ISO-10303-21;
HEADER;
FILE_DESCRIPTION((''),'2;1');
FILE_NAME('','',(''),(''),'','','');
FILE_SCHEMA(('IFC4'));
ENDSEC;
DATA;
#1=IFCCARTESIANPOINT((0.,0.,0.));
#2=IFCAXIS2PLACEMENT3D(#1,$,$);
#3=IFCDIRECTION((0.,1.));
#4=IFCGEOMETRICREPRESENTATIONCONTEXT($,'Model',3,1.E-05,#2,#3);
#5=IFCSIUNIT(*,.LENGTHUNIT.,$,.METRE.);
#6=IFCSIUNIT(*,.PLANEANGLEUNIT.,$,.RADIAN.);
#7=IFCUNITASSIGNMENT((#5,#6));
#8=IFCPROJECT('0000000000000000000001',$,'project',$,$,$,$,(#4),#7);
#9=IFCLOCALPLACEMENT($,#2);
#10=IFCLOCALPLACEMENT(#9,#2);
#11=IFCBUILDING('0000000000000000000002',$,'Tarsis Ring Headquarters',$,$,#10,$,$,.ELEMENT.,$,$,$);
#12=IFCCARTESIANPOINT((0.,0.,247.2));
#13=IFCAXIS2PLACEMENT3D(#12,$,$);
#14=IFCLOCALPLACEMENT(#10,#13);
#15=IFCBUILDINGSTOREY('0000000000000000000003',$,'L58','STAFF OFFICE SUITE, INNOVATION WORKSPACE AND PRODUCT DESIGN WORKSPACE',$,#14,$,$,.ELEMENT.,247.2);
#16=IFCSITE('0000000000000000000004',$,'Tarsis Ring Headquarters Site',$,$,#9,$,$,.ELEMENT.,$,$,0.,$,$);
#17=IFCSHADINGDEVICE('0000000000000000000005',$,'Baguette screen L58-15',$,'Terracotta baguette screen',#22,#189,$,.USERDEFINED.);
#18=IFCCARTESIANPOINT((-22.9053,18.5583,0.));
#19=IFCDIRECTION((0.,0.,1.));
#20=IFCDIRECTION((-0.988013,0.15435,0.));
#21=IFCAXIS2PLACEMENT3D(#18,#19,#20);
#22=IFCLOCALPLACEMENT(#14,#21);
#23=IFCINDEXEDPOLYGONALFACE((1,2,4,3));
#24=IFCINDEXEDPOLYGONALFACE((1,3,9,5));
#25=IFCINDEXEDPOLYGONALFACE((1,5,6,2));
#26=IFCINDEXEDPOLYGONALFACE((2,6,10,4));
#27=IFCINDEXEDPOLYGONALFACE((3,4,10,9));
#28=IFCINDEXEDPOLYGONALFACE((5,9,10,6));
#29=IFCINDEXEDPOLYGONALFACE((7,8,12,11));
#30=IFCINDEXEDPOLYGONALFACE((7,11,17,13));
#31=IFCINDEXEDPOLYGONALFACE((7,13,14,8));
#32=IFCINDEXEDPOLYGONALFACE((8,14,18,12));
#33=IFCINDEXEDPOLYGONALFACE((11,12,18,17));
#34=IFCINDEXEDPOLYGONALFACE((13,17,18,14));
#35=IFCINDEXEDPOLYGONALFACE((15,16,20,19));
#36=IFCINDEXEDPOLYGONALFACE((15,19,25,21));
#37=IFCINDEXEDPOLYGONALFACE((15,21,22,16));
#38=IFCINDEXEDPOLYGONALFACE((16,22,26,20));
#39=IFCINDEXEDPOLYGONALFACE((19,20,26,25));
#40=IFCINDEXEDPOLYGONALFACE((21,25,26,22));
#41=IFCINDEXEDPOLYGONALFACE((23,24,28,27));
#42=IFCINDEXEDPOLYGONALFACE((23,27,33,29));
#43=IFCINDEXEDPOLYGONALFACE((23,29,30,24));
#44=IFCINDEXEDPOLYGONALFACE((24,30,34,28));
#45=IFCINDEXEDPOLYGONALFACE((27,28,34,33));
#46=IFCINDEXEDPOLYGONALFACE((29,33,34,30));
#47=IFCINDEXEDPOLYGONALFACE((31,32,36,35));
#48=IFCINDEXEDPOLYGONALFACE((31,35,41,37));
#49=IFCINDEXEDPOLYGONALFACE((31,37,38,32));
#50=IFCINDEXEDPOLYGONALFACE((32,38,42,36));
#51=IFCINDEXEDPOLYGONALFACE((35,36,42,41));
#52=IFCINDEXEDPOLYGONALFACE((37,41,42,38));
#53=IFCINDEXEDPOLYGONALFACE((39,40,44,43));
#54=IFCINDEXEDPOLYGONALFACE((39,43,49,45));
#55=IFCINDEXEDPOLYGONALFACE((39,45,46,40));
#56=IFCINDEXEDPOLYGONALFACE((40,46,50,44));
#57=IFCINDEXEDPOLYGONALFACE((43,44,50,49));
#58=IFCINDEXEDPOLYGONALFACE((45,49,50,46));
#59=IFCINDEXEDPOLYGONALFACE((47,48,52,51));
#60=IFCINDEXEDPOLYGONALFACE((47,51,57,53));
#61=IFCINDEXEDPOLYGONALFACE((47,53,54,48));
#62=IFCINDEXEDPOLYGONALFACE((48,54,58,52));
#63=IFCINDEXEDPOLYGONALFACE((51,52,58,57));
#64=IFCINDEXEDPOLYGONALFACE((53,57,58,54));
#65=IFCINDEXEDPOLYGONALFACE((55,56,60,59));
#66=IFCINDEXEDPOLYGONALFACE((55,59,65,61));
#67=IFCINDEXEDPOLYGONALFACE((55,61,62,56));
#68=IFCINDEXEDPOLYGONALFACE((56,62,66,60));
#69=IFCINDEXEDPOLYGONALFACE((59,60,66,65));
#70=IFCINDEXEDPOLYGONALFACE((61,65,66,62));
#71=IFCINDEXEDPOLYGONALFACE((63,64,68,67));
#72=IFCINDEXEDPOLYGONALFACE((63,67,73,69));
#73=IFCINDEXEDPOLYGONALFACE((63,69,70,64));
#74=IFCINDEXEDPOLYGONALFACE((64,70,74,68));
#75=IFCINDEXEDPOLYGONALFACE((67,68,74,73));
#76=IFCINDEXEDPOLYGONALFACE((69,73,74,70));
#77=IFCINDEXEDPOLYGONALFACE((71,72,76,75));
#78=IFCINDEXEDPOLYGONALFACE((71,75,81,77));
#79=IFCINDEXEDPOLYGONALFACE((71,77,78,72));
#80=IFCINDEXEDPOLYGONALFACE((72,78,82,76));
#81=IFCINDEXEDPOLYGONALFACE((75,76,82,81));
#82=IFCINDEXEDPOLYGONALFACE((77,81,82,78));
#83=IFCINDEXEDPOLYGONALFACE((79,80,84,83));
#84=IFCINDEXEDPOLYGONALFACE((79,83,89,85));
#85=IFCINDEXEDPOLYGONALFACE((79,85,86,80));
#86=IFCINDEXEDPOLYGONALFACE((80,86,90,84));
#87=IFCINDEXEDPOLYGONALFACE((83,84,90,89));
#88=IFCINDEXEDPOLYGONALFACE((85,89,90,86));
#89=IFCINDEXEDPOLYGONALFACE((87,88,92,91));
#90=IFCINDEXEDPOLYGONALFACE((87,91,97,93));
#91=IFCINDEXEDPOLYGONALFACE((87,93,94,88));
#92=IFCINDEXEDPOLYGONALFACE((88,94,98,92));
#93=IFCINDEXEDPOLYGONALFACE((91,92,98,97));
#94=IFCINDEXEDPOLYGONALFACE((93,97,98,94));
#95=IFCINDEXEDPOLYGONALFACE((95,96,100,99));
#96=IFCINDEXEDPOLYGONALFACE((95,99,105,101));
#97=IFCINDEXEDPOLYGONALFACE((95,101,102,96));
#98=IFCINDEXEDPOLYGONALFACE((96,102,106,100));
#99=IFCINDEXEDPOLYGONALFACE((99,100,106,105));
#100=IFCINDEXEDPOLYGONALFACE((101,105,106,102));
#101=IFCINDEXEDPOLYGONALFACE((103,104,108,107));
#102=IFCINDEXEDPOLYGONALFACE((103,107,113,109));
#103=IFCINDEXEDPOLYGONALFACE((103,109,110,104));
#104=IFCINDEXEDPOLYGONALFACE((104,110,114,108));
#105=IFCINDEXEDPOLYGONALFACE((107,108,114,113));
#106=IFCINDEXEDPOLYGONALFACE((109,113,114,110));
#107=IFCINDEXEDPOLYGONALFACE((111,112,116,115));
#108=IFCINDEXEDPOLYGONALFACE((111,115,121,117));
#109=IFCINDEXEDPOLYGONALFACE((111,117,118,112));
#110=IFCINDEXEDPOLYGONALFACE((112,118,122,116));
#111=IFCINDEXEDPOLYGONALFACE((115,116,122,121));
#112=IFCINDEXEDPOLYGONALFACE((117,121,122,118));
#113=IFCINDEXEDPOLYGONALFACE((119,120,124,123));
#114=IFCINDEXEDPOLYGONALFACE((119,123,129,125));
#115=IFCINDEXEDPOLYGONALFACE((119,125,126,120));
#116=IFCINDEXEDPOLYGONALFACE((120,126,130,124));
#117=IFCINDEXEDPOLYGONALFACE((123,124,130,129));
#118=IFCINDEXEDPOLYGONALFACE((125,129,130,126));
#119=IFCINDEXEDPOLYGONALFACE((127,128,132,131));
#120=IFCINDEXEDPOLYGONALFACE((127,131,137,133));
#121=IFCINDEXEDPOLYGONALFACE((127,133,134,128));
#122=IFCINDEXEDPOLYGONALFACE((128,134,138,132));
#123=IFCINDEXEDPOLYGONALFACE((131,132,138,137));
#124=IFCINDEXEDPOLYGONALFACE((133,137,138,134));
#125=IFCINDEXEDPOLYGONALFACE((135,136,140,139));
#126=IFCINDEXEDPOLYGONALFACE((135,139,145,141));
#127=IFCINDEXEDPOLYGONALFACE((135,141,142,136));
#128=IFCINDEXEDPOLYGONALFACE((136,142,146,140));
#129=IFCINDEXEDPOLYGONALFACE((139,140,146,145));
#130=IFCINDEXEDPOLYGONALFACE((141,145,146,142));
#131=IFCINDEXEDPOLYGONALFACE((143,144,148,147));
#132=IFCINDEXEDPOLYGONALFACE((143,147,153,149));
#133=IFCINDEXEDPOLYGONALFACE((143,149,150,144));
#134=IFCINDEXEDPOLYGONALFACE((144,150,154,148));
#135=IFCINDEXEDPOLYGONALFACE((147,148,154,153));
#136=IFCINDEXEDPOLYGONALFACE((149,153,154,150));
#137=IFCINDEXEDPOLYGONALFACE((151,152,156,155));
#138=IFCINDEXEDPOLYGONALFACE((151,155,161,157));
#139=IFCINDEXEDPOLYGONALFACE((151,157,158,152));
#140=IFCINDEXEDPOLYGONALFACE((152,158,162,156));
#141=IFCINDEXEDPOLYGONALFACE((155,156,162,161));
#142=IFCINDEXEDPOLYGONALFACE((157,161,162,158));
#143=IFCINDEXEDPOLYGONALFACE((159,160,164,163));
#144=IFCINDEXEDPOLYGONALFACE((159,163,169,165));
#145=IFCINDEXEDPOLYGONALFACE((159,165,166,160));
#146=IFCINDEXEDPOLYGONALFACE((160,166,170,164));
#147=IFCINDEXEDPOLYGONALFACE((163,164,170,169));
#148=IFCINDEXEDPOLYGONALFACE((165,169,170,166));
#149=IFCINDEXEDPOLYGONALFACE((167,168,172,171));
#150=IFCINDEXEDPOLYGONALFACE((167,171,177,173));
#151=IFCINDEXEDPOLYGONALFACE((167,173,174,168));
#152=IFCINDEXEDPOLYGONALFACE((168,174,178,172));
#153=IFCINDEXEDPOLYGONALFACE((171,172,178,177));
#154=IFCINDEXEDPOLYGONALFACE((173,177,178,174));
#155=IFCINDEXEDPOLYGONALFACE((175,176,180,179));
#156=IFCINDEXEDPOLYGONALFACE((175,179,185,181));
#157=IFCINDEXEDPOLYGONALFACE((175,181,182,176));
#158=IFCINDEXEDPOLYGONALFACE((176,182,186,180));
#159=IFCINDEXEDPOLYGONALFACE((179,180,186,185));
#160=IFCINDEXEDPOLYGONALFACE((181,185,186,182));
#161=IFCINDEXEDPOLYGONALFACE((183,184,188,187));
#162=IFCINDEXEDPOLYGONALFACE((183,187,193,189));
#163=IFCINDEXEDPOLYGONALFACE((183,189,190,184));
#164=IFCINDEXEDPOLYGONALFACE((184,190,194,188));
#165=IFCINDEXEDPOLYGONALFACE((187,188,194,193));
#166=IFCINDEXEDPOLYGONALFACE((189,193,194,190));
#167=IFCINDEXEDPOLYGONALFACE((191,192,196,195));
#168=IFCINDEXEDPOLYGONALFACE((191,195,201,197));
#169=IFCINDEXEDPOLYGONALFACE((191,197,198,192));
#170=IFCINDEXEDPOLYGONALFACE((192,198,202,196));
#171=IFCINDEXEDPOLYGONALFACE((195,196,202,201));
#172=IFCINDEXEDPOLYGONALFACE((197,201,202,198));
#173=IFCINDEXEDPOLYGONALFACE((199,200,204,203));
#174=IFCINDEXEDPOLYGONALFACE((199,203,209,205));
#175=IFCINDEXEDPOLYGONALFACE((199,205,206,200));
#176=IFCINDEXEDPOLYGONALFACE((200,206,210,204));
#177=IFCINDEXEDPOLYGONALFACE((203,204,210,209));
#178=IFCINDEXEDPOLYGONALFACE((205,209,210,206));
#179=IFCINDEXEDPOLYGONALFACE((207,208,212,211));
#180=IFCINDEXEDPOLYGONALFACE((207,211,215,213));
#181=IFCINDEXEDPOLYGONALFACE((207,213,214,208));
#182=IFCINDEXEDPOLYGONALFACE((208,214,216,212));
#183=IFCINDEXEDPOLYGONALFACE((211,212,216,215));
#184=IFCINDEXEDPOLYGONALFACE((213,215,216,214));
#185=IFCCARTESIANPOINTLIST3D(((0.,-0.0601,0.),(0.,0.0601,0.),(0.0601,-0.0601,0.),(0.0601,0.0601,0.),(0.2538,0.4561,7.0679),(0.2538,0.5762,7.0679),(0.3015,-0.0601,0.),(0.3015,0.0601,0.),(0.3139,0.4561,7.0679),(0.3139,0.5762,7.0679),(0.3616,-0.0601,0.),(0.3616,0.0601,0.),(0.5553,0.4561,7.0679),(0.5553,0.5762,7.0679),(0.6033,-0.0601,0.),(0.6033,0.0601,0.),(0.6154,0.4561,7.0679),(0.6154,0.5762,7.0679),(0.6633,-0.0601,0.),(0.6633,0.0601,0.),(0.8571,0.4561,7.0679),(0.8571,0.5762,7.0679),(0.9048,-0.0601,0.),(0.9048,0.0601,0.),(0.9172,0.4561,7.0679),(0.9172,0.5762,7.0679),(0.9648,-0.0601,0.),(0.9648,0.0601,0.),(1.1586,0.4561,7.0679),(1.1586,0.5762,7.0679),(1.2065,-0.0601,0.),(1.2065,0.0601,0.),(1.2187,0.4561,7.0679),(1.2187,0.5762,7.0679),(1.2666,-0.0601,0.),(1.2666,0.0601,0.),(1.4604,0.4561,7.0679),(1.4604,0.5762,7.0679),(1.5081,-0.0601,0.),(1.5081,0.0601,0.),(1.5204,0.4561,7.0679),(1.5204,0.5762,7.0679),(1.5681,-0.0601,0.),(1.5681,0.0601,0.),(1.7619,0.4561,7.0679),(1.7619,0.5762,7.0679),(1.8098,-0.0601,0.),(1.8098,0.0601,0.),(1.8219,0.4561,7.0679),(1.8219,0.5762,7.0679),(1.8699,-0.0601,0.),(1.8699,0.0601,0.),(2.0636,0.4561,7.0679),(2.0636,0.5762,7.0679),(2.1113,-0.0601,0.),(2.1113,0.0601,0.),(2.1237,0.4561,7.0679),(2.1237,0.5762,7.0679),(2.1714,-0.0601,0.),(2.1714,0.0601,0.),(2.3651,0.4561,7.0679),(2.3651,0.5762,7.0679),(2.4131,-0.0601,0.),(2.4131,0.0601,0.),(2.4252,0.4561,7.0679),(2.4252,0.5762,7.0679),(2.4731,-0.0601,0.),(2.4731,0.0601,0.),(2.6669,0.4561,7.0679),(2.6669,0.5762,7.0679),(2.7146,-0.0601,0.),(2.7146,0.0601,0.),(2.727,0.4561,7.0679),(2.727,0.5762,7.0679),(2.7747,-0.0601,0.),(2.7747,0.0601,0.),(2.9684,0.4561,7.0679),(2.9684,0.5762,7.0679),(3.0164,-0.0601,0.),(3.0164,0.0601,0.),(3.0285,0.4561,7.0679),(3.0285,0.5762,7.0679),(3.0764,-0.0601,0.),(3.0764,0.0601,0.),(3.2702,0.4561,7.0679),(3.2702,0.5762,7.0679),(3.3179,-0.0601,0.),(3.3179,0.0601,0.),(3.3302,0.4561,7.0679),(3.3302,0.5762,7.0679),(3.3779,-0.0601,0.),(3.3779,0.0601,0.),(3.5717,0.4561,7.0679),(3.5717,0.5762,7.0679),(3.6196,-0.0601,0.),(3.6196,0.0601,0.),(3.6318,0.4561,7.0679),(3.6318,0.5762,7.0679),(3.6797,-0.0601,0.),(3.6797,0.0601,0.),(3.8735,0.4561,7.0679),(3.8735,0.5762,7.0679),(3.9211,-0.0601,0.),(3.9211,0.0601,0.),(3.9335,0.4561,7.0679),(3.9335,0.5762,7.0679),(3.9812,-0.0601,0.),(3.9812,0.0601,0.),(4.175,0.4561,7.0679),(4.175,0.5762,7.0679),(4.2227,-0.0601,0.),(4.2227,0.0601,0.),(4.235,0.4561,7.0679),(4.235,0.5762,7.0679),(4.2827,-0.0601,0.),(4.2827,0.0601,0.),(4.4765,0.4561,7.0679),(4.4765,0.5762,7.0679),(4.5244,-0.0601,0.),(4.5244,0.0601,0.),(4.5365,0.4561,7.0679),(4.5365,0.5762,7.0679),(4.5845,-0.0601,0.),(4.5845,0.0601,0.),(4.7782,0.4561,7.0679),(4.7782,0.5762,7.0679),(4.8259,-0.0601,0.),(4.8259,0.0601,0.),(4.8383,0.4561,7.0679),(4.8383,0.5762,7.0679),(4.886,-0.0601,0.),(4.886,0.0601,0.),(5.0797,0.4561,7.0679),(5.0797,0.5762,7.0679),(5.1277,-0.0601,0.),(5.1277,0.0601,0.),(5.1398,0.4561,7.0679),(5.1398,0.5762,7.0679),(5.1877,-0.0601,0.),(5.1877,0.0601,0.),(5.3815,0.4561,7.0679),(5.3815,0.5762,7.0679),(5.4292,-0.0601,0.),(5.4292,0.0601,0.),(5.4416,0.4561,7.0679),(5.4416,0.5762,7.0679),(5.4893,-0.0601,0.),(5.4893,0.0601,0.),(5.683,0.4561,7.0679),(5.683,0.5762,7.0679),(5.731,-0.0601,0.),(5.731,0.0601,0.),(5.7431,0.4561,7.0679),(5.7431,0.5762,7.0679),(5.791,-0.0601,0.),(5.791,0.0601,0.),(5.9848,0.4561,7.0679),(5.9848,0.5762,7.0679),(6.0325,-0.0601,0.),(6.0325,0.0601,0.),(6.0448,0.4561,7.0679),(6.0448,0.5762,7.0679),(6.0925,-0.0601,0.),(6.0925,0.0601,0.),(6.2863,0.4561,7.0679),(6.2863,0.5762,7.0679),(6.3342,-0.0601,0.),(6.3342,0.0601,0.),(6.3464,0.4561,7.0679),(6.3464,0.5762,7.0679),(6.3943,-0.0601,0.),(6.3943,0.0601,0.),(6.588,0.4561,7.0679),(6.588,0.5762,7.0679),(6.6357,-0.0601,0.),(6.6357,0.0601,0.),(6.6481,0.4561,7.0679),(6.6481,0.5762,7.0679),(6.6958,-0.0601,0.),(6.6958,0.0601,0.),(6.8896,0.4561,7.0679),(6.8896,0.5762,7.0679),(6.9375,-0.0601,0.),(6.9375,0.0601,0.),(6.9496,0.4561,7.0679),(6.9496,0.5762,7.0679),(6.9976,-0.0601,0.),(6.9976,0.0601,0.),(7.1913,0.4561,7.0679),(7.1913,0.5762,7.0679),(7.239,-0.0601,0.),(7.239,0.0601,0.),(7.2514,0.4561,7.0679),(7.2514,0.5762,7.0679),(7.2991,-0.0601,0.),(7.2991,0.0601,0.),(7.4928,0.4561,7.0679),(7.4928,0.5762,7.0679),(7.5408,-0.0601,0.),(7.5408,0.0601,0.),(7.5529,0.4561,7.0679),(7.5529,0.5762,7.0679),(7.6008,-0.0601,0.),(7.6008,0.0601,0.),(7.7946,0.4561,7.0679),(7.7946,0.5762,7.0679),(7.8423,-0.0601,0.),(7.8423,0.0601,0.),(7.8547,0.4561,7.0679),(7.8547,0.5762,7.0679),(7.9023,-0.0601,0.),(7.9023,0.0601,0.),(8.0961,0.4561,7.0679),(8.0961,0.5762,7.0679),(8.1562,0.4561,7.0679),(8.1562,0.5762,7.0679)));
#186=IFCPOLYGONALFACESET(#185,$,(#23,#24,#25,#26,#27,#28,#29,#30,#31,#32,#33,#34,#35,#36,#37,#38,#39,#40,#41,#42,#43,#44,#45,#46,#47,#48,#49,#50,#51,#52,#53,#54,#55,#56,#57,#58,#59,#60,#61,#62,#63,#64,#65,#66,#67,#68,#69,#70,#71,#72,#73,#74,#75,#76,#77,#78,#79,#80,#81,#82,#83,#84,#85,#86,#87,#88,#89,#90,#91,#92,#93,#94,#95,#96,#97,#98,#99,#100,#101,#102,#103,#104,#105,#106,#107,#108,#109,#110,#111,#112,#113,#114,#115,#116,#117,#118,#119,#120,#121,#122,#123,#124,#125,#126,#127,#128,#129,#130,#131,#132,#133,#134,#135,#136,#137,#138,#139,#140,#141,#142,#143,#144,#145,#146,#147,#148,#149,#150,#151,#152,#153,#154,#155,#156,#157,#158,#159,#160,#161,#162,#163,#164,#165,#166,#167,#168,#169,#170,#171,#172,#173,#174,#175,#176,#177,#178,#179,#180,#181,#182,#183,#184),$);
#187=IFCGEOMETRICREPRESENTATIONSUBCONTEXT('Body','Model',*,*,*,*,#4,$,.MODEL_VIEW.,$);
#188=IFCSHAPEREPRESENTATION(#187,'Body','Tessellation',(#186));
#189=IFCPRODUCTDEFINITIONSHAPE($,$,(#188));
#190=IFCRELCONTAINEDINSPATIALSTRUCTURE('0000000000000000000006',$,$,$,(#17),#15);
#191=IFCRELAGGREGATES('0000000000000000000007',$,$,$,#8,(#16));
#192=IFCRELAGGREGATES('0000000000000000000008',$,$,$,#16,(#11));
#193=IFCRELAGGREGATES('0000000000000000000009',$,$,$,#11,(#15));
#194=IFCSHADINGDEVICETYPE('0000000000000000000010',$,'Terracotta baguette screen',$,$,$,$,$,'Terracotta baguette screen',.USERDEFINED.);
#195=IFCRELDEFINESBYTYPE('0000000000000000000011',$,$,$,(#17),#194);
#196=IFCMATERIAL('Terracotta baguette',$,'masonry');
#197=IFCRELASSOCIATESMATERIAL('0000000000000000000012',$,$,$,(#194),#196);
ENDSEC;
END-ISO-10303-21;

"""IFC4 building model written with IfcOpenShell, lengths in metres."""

from ifc_helpers import new_model, si_unit, direction, frame, frame_2d, origin, place, context, subcontext, project, spatial, rectangle, composite_profile, extrude, material, type_object, element, save


model = new_model("IFC4")

# Units and contexts
model_context = context("Model", 3, precision=1e-05, world=origin(), true_north=direction((0.0, 1.0)))
body_context = subcontext(model_context, "Body", "Model", "MODEL_VIEW")
ifc_project = project(units=[si_unit("LENGTHUNIT", "METRE"), si_unit("PLANEANGLEUNIT", "RADIAN")], contexts=[model_context])

# Site, building, storey
site_placement = place(None, origin())
site = spatial("IfcSite", under=ifc_project, at=site_placement, Name="Tarsis Ring Headquarters Site", CompositionType="ELEMENT", RefElevation=0.0)
building_placement = place(site_placement, origin())
building = spatial("IfcBuilding", under=site, at=building_placement, Name="Tarsis Ring Headquarters", CompositionType="ELEMENT")
storey_placement = place(building_placement, frame((0.0, 0.0, 247.2)))
storey = spatial("IfcBuildingStorey", under=building, at=storey_placement, Name="L58", Description="STAFF OFFICE SUITE, INNOVATION WORKSPACE AND PRODUCT DESIGN WORKSPACE", CompositionType="ELEMENT", Elevation=247.2)

# Shading device
ifc_material_1 = material(Name="Terracotta baguette", Category="masonry")
shading_device_type = type_object("IfcShadingDeviceType", Name="Terracotta baguette screen", ElementType="Terracotta baguette screen", PredefinedType="USERDEFINED", material=ifc_material_1)
shading_device_placement = place(storey_placement, frame((-22.9053, 18.5583, 0.0), z_axis=(0.0, 0.0, 1.0), x_axis=(-0.988013, 0.15435, 0.0)))
element("IfcShadingDevice", 1, at=shading_device_placement, inside=storey, type_object=shading_device_type, Name="Baguette screen L58-15", ObjectType="Terracotta baguette screen", PredefinedType="USERDEFINED", context=body_context, shape_type="SweptSolid", body=[
    extrude(composite_profile([rectangle(XDim=0.0601, YDim=0.1201, at=frame_2d((0.03, 0.0))), rectangle(XDim=0.0601, YDim=0.1201, at=frame_2d((0.3315, 0.0))), rectangle(XDim=0.0601, YDim=0.1201, at=frame_2d((0.6333, 0.0))), rectangle(XDim=0.0601, YDim=0.1201, at=frame_2d((0.9348, 0.0))), rectangle(XDim=0.0601, YDim=0.1201, at=frame_2d((1.2366, 0.0))), rectangle(XDim=0.0601, YDim=0.1201, at=frame_2d((1.5381, 0.0))), rectangle(XDim=0.0601, YDim=0.1201, at=frame_2d((1.8398, 0.0))), rectangle(XDim=0.0601, YDim=0.1201, at=frame_2d((2.1414, 0.0))), rectangle(XDim=0.0601, YDim=0.1201, at=frame_2d((2.4431, 0.0))), rectangle(XDim=0.0601, YDim=0.1201, at=frame_2d((2.7446, 0.0))), rectangle(XDim=0.0601, YDim=0.1201, at=frame_2d((3.0464, 0.0))), rectangle(XDim=0.0601, YDim=0.1201, at=frame_2d((3.3479, 0.0))), rectangle(XDim=0.0601, YDim=0.1201, at=frame_2d((3.6497, 0.0))), rectangle(XDim=0.0601, YDim=0.1201, at=frame_2d((3.9512, 0.0))), rectangle(XDim=0.0601, YDim=0.1201, at=frame_2d((4.2527, 0.0))), rectangle(XDim=0.0601, YDim=0.1201, at=frame_2d((4.5544, 0.0))), rectangle(XDim=0.0601, YDim=0.1201, at=frame_2d((4.856, 0.0))), rectangle(XDim=0.0601, YDim=0.1201, at=frame_2d((5.1577, 0.0))), rectangle(XDim=0.0601, YDim=0.1201, at=frame_2d((5.4592, 0.0))), rectangle(XDim=0.0601, YDim=0.1201, at=frame_2d((5.761, 0.0))), rectangle(XDim=0.0601, YDim=0.1201, at=frame_2d((6.0625, 0.0))), rectangle(XDim=0.0601, YDim=0.1201, at=frame_2d((6.3643, 0.0))), rectangle(XDim=0.0601, YDim=0.1201, at=frame_2d((6.6658, 0.0))), rectangle(XDim=0.0601, YDim=0.1201, at=frame_2d((6.9675, 0.0))), rectangle(XDim=0.0601, YDim=0.1201, at=frame_2d((7.269, 0.0))), rectangle(XDim=0.0601, YDim=0.1201, at=frame_2d((7.5708, 0.0))), rectangle(XDim=0.0601, YDim=0.1201, at=frame_2d((7.8723, 0.0)))]), origin(), (0.035793, 0.072789, 0.996705), 7.0913),
])

save(model, "model.ifc")
